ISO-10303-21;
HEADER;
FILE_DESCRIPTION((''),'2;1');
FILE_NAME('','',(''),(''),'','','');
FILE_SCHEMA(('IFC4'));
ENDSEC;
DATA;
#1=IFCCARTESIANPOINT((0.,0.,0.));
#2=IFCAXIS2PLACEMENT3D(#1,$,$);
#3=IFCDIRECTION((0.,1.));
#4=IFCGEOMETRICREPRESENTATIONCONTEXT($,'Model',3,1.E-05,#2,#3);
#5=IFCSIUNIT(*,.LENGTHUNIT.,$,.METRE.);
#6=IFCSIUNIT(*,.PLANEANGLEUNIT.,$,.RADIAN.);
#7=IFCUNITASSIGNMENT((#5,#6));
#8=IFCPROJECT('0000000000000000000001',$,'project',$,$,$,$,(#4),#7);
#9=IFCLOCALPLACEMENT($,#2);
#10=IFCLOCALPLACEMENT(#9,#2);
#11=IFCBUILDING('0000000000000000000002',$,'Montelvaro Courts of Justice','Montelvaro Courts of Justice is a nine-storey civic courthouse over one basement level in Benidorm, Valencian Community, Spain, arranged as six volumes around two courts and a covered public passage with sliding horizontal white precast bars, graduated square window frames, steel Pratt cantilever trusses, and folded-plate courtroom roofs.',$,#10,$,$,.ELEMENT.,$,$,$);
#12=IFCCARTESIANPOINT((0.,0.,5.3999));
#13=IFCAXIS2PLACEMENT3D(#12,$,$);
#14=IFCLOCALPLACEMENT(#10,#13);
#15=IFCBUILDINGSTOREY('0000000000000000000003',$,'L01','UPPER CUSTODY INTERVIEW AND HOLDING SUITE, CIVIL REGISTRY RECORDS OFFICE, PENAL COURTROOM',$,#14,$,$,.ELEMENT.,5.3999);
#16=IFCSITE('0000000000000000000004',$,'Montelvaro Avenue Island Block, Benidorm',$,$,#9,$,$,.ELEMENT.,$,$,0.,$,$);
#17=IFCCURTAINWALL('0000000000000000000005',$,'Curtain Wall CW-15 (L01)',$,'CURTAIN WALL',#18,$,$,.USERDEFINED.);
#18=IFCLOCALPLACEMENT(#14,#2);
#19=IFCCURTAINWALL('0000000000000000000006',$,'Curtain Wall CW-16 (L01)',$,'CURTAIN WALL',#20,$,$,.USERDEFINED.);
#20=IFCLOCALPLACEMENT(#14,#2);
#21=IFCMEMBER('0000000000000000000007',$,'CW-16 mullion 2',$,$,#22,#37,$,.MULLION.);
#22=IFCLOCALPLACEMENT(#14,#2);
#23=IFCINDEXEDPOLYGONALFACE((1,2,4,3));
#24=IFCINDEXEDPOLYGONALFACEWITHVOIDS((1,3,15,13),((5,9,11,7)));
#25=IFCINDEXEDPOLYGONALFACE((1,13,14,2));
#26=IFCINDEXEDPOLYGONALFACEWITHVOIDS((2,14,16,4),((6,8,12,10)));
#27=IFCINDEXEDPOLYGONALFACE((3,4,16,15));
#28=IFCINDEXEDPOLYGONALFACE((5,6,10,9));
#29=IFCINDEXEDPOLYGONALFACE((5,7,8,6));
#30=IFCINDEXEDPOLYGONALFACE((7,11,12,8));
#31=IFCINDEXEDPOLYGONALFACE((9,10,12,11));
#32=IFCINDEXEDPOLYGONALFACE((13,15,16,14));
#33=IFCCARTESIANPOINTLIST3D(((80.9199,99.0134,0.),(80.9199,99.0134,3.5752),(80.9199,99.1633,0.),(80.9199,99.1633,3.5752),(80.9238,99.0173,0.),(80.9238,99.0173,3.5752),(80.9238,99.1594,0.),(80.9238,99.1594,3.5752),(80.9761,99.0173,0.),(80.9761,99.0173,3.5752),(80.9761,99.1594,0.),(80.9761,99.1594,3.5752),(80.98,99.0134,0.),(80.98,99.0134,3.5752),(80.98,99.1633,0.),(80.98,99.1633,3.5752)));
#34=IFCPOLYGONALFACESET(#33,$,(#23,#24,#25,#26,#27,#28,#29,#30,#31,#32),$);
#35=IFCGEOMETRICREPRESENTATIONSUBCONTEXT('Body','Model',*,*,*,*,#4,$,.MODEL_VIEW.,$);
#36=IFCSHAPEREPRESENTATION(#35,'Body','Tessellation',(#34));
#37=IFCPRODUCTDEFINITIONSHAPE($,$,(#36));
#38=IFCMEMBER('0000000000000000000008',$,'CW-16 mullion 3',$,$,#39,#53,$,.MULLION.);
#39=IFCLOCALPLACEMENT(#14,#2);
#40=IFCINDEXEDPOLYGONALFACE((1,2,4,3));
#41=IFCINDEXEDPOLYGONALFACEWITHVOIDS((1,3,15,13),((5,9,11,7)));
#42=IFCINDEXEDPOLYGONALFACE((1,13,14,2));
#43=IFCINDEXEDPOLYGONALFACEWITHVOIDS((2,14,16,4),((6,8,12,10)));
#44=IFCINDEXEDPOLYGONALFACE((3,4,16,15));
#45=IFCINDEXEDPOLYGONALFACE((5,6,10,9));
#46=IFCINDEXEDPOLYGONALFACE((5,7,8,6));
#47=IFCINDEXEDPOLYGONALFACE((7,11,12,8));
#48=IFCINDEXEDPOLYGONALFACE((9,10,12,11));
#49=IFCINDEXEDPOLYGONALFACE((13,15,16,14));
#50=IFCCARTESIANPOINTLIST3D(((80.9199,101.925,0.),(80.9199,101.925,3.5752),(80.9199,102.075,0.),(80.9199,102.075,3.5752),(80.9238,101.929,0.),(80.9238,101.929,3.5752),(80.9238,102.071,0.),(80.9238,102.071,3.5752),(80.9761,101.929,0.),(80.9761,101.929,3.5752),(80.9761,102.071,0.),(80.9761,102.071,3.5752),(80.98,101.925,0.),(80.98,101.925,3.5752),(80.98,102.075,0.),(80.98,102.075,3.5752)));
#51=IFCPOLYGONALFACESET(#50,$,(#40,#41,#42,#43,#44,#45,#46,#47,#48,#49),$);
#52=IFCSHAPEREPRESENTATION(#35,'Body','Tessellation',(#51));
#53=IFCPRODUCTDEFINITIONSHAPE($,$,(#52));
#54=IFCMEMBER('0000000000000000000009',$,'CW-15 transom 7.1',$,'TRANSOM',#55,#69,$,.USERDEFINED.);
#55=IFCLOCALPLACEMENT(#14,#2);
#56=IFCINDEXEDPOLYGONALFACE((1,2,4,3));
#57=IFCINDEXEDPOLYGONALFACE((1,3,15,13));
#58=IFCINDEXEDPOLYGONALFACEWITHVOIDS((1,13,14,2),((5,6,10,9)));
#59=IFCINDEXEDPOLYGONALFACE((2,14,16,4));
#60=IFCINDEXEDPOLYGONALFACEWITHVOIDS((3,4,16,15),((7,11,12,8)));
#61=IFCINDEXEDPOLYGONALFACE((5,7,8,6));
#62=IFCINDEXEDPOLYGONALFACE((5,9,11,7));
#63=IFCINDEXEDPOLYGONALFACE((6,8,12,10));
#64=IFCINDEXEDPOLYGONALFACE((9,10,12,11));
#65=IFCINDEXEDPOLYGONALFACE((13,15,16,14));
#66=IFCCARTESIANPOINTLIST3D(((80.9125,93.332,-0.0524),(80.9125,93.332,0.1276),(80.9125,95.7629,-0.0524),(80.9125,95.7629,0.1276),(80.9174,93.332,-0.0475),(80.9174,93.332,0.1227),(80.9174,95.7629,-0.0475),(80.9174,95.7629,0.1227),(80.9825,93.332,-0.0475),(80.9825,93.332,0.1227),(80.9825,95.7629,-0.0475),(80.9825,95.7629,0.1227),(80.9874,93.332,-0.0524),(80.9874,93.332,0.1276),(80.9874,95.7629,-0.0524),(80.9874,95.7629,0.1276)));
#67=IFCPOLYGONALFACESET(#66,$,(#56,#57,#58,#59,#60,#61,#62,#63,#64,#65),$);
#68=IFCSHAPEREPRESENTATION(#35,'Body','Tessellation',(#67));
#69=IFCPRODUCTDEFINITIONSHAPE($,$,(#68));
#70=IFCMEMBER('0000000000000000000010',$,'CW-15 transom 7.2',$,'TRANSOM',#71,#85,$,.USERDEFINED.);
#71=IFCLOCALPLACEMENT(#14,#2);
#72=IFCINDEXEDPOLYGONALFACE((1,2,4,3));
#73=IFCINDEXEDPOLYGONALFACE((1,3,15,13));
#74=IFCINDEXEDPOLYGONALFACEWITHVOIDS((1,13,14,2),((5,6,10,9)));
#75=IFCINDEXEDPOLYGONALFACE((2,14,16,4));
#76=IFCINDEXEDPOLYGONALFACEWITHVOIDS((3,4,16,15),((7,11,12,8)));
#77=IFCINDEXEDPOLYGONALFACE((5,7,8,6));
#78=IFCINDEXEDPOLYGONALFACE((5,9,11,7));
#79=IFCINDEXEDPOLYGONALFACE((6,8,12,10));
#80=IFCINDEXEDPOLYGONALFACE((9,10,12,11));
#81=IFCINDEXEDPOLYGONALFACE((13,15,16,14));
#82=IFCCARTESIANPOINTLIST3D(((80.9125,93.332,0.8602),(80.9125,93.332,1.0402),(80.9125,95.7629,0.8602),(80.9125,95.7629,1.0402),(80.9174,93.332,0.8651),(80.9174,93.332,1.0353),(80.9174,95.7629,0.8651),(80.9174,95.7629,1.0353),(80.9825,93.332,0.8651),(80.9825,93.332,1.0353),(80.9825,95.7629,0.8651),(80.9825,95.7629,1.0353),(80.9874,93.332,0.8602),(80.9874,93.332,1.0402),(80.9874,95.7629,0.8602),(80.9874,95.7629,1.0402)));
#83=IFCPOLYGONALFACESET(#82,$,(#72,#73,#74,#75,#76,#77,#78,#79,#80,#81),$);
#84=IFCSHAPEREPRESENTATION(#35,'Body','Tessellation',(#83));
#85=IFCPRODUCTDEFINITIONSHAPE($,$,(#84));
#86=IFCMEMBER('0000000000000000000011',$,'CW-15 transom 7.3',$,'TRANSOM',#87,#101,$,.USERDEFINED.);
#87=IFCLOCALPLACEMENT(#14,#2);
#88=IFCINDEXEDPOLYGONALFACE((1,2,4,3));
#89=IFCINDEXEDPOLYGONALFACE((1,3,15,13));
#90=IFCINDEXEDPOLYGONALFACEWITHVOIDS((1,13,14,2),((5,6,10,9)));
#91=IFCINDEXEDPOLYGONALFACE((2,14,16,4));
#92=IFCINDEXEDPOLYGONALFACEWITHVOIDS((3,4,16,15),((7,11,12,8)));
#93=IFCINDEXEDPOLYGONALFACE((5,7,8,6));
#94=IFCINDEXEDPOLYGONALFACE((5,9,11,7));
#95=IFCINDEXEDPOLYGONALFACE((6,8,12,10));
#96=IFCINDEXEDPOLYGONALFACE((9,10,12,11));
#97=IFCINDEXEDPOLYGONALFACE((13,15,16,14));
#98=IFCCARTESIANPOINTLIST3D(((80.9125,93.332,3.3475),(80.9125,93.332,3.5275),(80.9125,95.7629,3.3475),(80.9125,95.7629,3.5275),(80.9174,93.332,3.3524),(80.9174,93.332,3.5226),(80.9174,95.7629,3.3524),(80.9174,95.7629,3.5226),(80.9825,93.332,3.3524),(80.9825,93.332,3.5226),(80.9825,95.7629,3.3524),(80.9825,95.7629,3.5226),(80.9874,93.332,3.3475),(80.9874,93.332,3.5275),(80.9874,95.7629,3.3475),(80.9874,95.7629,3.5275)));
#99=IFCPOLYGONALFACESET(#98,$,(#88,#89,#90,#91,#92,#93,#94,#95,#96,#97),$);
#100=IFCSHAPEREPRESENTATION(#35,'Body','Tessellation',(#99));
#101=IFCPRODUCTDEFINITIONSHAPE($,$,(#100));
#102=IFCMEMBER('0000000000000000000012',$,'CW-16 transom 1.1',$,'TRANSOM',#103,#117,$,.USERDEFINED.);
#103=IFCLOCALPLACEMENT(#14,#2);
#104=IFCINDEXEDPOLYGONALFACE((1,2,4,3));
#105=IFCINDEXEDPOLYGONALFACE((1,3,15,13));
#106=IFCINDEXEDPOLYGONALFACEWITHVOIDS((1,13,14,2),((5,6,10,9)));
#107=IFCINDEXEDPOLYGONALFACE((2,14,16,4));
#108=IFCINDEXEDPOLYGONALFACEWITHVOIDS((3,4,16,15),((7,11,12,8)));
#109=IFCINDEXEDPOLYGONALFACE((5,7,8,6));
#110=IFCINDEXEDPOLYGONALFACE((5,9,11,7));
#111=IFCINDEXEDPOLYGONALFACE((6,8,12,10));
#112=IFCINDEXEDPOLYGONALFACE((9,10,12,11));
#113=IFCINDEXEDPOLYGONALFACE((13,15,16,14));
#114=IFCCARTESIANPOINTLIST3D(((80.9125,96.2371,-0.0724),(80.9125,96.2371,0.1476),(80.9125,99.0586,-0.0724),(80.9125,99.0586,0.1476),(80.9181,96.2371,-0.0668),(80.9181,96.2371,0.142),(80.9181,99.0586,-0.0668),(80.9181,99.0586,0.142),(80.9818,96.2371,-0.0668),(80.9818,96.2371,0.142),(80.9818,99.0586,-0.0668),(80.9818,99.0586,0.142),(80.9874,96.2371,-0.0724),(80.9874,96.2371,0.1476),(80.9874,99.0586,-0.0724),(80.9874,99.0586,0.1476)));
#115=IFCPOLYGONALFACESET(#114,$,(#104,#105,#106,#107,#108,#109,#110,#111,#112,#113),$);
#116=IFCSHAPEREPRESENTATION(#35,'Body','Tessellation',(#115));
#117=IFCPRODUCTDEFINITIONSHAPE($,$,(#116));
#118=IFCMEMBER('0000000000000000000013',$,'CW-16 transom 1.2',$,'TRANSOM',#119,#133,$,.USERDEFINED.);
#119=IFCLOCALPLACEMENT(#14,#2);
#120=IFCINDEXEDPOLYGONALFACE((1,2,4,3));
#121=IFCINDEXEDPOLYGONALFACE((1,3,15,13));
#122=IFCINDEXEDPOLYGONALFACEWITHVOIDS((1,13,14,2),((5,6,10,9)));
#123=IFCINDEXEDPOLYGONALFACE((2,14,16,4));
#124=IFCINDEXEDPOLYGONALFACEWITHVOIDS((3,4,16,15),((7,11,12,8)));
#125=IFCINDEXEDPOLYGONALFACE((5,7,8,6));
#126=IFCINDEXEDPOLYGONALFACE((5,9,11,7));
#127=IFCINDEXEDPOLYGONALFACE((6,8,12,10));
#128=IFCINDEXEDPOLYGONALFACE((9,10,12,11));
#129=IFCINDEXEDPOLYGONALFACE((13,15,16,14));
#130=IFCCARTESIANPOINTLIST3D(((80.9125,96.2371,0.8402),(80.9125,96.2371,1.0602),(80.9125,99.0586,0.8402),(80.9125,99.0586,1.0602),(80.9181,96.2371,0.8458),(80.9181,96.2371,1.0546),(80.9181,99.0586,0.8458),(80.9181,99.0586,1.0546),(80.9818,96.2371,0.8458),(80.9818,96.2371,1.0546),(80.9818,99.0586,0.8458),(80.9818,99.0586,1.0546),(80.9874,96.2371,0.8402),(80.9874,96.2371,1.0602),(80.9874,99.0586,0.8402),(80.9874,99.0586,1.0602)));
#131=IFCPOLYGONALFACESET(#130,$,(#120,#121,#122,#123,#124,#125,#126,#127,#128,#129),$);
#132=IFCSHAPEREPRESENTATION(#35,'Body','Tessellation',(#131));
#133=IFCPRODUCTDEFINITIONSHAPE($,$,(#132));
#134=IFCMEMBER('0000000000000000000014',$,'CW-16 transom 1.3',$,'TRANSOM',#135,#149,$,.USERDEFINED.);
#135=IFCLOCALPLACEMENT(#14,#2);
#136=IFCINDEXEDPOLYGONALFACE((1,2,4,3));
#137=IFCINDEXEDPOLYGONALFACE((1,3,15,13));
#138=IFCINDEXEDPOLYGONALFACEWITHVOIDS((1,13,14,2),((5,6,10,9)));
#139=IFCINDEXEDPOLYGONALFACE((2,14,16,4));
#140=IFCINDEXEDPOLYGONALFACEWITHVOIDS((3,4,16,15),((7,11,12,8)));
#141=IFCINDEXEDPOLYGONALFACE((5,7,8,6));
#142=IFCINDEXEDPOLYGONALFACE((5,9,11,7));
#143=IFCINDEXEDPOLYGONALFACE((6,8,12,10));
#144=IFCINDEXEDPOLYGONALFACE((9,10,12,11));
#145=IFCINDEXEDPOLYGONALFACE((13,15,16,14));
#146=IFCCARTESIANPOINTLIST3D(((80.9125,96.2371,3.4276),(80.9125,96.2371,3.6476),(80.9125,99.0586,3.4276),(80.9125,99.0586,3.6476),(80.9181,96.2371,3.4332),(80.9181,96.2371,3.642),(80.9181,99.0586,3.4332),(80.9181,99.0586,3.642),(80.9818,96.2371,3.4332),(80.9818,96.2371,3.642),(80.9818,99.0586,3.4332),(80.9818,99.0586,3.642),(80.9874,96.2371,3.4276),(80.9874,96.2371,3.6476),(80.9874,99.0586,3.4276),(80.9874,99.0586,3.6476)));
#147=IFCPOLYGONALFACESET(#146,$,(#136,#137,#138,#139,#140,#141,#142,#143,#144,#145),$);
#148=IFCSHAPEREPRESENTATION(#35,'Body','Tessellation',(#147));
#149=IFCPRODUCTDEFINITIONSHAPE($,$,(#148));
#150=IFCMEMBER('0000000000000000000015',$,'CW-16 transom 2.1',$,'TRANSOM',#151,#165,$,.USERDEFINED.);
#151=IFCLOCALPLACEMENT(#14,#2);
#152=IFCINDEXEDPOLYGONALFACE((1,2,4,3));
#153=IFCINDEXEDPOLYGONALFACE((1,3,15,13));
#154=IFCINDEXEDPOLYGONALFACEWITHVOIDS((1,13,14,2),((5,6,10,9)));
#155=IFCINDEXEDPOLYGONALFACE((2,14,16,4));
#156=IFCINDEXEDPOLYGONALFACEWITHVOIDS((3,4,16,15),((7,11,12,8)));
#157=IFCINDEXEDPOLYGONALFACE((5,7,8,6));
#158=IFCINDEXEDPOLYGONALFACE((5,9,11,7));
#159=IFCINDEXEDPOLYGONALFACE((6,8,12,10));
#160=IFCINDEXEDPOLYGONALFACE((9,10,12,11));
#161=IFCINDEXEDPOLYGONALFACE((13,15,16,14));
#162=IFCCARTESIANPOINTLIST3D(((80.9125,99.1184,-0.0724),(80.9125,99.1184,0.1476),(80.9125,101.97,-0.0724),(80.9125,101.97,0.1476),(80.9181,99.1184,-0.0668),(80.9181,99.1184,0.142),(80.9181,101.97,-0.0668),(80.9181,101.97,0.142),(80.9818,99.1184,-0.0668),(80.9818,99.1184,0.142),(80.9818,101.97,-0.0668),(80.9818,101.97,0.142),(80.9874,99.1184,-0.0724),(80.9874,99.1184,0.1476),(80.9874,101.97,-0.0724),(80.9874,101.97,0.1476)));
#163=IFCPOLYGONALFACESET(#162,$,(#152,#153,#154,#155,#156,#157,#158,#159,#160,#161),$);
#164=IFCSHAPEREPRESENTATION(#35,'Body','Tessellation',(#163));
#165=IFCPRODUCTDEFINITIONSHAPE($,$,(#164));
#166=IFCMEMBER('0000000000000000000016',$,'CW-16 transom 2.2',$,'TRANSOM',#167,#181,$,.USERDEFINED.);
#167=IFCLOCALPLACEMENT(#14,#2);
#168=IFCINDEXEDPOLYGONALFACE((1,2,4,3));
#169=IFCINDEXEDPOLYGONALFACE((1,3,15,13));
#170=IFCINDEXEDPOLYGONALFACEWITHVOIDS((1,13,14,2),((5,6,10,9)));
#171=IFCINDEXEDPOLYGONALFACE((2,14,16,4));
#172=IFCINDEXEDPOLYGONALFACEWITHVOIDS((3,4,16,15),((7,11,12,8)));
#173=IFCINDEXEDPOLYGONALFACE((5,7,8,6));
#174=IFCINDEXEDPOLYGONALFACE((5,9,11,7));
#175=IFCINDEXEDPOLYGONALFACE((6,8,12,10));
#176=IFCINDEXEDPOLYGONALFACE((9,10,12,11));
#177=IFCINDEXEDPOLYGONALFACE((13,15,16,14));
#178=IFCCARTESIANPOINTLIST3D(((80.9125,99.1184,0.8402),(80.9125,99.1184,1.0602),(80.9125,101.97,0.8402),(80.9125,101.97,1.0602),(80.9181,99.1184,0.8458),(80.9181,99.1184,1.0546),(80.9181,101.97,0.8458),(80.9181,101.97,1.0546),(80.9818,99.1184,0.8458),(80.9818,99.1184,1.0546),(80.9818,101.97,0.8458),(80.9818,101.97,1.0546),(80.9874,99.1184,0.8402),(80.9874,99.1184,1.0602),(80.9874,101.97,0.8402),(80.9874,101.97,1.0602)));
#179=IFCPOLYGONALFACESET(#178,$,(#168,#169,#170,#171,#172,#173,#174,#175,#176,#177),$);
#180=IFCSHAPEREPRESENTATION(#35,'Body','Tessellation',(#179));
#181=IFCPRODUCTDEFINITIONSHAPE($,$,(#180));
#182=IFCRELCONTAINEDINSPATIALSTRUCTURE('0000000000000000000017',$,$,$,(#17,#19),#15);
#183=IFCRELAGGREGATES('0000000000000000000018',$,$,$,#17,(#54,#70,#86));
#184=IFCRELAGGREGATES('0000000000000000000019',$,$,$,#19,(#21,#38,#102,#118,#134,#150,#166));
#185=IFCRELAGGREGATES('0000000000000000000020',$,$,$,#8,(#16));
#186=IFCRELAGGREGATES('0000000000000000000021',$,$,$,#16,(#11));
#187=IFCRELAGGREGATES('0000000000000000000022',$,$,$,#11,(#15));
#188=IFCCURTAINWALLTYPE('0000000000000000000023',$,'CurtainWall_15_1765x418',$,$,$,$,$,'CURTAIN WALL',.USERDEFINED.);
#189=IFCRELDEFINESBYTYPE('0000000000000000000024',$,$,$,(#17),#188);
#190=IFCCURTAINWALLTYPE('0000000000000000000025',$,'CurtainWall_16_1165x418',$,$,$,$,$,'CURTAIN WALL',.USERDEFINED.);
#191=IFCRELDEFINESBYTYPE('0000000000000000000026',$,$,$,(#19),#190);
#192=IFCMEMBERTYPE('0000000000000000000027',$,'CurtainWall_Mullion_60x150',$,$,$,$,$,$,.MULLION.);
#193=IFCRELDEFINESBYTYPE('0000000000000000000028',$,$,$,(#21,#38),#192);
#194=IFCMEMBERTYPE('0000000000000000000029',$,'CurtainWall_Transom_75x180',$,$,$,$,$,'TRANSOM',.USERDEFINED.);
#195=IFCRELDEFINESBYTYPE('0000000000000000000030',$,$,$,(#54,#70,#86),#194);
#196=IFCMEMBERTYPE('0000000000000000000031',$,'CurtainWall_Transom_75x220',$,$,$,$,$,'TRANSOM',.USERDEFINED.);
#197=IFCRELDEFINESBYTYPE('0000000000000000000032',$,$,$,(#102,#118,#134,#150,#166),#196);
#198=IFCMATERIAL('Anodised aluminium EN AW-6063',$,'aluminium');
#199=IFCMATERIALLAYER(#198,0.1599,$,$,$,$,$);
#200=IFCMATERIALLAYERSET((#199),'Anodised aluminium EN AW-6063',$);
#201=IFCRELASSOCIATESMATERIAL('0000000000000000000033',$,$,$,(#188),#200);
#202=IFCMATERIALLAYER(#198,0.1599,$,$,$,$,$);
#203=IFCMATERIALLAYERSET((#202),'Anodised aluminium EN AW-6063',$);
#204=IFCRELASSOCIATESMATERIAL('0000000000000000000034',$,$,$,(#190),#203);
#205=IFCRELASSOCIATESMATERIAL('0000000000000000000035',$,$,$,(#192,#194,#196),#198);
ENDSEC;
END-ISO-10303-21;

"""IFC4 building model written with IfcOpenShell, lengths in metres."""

from ifc_helpers import new_model, si_unit, direction, frame, origin, origin_2d, place, context, subcontext, project, spatial, hollow_rectangle, extrude, material, layer, layer_set, material_profile, profile_set, type_object, element, aggregate, save


model = new_model("IFC4")

# Units and contexts
model_context = context("Model", 3, precision=1e-05, world=origin(), true_north=direction((0.0, 1.0)))
body_context = subcontext(model_context, "Body", "Model", "MODEL_VIEW")
ifc_project = project(units=[si_unit("LENGTHUNIT", "METRE"), si_unit("PLANEANGLEUNIT", "RADIAN")], contexts=[model_context])

# Site, building, storey
site_placement = place(None, origin())
site = spatial("IfcSite", under=ifc_project, at=site_placement, Name="Montelvaro Avenue Island Block, Benidorm", CompositionType="ELEMENT", RefElevation=0.0)
building_placement = place(site_placement, origin())
building = spatial("IfcBuilding", under=site, at=building_placement, Name="Montelvaro Courts of Justice", Description="Montelvaro Courts of Justice is a nine-storey civic courthouse over one basement level in Benidorm, Valencian Community, Spain, arranged as six volumes around two courts and a covered public passage with sliding horizontal white precast bars, graduated square window frames, steel Pratt cantilever trusses, and folded-plate courtroom roofs.", CompositionType="ELEMENT")
storey_placement = place(building_placement, frame((0.0, 0.0, 5.3999)))
storey = spatial("IfcBuildingStorey", under=building, at=storey_placement, Name="L01", Description="UPPER CUSTODY INTERVIEW AND HOLDING SUITE, CIVIL REGISTRY RECORDS OFFICE, PENAL COURTROOM", CompositionType="ELEMENT", Elevation=5.3999)

# Curtain walls, members
ifc_material_1 = material(Name="Anodised aluminium EN AW-6063", Category="aluminium")
ifc_layer_1 = layer(ifc_material_1, 0.1599)
ifc_layer_set_1 = layer_set([ifc_layer_1], Name="Anodised aluminium EN AW-6063")
curtain_wall_type_1 = type_object("IfcCurtainWallType", Name="CurtainWall_15_1765x418", ElementType="CURTAIN WALL", PredefinedType="USERDEFINED", material=ifc_layer_set_1)
curtain_wall_1_placement = place(storey_placement, origin())
curtain_wall_1 = element("IfcCurtainWall", 1, at=curtain_wall_1_placement, inside=storey, type_object=curtain_wall_type_1, Name="Curtain Wall CW-15 (L01)", ObjectType="CURTAIN WALL", PredefinedType="USERDEFINED")
ifc_layer_2 = layer(ifc_material_1, 0.1599)
ifc_layer_set_2 = layer_set([ifc_layer_2], Name="Anodised aluminium EN AW-6063")
curtain_wall_type_2 = type_object("IfcCurtainWallType", Name="CurtainWall_16_1165x418", ElementType="CURTAIN WALL", PredefinedType="USERDEFINED", material=ifc_layer_set_2)
curtain_wall_2_placement = place(storey_placement, origin())
curtain_wall_2 = element("IfcCurtainWall", 2, at=curtain_wall_2_placement, inside=storey, type_object=curtain_wall_type_2, Name="Curtain Wall CW-16 (L01)", ObjectType="CURTAIN WALL", PredefinedType="USERDEFINED")
ifc_material_profile_1 = material_profile(ifc_material_1, hollow_rectangle(XDim=0.0601, YDim=0.1499, WallThickness=0.0039, at=origin_2d()), Name="ALU-M 60x150")
ifc_profile_set_1 = profile_set([ifc_material_profile_1], Name="Anodised aluminium EN AW-6063")
member_type_1 = type_object("IfcMemberType", Name="CurtainWall_Mullion_60x150", PredefinedType="MULLION", material=ifc_profile_set_1)
member_1_placement = place(storey_placement, frame((80.95, 99.0884, 0.0), z_axis=(0.0, 0.0, 1.0), x_axis=(-1.0, 0.0, 0.0)))
member_1 = element("IfcMember", 3, at=member_1_placement, type_object=member_type_1, Name="CW-16 mullion 2", PredefinedType="MULLION", context=body_context, shape_type="SweptSolid", body=[
    extrude(hollow_rectangle(XDim=0.0601, YDim=0.1499, WallThickness=0.0039, at=origin_2d()), origin(), (0.0, 0.0, 1.0), 3.5752),
])
member_2_placement = place(storey_placement, frame((80.95, 102.0, 0.0), z_axis=(0.0, 0.0, 1.0), x_axis=(-1.0, 0.0, 0.0)))
member_2 = element("IfcMember", 4, at=member_2_placement, type_object=member_type_1, Name="CW-16 mullion 3", PredefinedType="MULLION", context=body_context, shape_type="SweptSolid", body=[
    extrude(hollow_rectangle(XDim=0.0601, YDim=0.1499, WallThickness=0.0039, at=origin_2d()), origin(), (0.0, 0.0, 1.0), 3.5752),
])

# Members
ifc_material_profile_2 = material_profile(ifc_material_1, hollow_rectangle(XDim=0.075, YDim=0.1799, WallThickness=0.0049, at=origin_2d()), Name="ALU-T 75x180")
ifc_profile_set_2 = profile_set([ifc_material_profile_2], Name="Anodised aluminium EN AW-6063")
member_type_2 = type_object("IfcMemberType", Name="CurtainWall_Transom_75x180", ElementType="TRANSOM", PredefinedType="USERDEFINED", material=ifc_profile_set_2)
member_3_placement = place(storey_placement, frame((80.95, 93.332, 0.0376), z_axis=(0.0, 1.0, 0.0), x_axis=(-1.0, 0.0, 0.0)))
member_3 = element("IfcMember", 5, at=member_3_placement, type_object=member_type_2, Name="CW-15 transom 7.1", ObjectType="TRANSOM", PredefinedType="USERDEFINED", context=body_context, shape_type="SweptSolid", body=[
    extrude(hollow_rectangle(XDim=0.075, YDim=0.1799, WallThickness=0.0049, at=origin_2d()), origin(), (0.0, 0.0, 1.0), 2.4309),
])
member_4_placement = place(storey_placement, frame((80.95, 93.332, 0.9502), z_axis=(0.0, 1.0, 0.0), x_axis=(-1.0, 0.0, 0.0)))
member_4 = element("IfcMember", 6, at=member_4_placement, type_object=member_type_2, Name="CW-15 transom 7.2", ObjectType="TRANSOM", PredefinedType="USERDEFINED", context=body_context, shape_type="SweptSolid", body=[
    extrude(hollow_rectangle(XDim=0.075, YDim=0.1799, WallThickness=0.0049, at=origin_2d()), origin(), (0.0, 0.0, 1.0), 2.4309),
])
member_5_placement = place(storey_placement, frame((80.95, 93.332, 3.4375), z_axis=(0.0, 1.0, 0.0), x_axis=(-1.0, 0.0, 0.0)))
member_5 = element("IfcMember", 7, at=member_5_placement, type_object=member_type_2, Name="CW-15 transom 7.3", ObjectType="TRANSOM", PredefinedType="USERDEFINED", context=body_context, shape_type="SweptSolid", body=[
    extrude(hollow_rectangle(XDim=0.075, YDim=0.1799, WallThickness=0.0049, at=origin_2d()), origin(), (0.0, 0.0, 1.0), 2.4309),
])
ifc_material_profile_3 = material_profile(ifc_material_1, hollow_rectangle(XDim=0.075, YDim=0.22, WallThickness=0.0056, at=origin_2d()), Name="ALU-T 75x220")
ifc_profile_set_3 = profile_set([ifc_material_profile_3], Name="Anodised aluminium EN AW-6063")
member_type_3 = type_object("IfcMemberType", Name="CurtainWall_Transom_75x220", ElementType="TRANSOM", PredefinedType="USERDEFINED", material=ifc_profile_set_3)
member_6_placement = place(storey_placement, frame((80.95, 96.2371, 0.0376), z_axis=(0.0, 1.0, 0.0), x_axis=(-1.0, 0.0, 0.0)))
member_6 = element("IfcMember", 8, at=member_6_placement, type_object=member_type_3, Name="CW-16 transom 1.1", ObjectType="TRANSOM", PredefinedType="USERDEFINED", context=body_context, shape_type="SweptSolid", body=[
    extrude(hollow_rectangle(XDim=0.075, YDim=0.22, WallThickness=0.0056, at=origin_2d()), origin(), (0.0, 0.0, 1.0), 2.8215),
])
member_7_placement = place(storey_placement, frame((80.95, 96.2371, 0.9502), z_axis=(0.0, 1.0, 0.0), x_axis=(-1.0, 0.0, 0.0)))
member_7 = element("IfcMember", 9, at=member_7_placement, type_object=member_type_3, Name="CW-16 transom 1.2", ObjectType="TRANSOM", PredefinedType="USERDEFINED", context=body_context, shape_type="SweptSolid", body=[
    extrude(hollow_rectangle(XDim=0.075, YDim=0.22, WallThickness=0.0056, at=origin_2d()), origin(), (0.0, 0.0, 1.0), 2.8215),
])
member_8_placement = place(storey_placement, frame((80.95, 96.2371, 3.5376), z_axis=(0.0, 1.0, 0.0), x_axis=(-1.0, 0.0, 0.0)))
member_8 = element("IfcMember", 10, at=member_8_placement, type_object=member_type_3, Name="CW-16 transom 1.3", ObjectType="TRANSOM", PredefinedType="USERDEFINED", context=body_context, shape_type="SweptSolid", body=[
    extrude(hollow_rectangle(XDim=0.075, YDim=0.22, WallThickness=0.0056, at=origin_2d()), origin(), (0.0, 0.0, 1.0), 2.8215),
])
member_9_placement = place(storey_placement, frame((80.95, 99.1184, 0.0376), z_axis=(0.0, 1.0, 0.0), x_axis=(-1.0, 0.0, 0.0)))
member_9 = element("IfcMember", 11, at=member_9_placement, type_object=member_type_3, Name="CW-16 transom 2.1", ObjectType="TRANSOM", PredefinedType="USERDEFINED", context=body_context, shape_type="SweptSolid", body=[
    extrude(hollow_rectangle(XDim=0.075, YDim=0.22, WallThickness=0.0056, at=origin_2d()), origin(), (0.0, 0.0, 1.0), 2.8516),
])
member_10_placement = place(storey_placement, frame((80.95, 99.1184, 0.9502), z_axis=(0.0, 1.0, 0.0), x_axis=(-1.0, 0.0, 0.0)))
member_10 = element("IfcMember", 12, at=member_10_placement, type_object=member_type_3, Name="CW-16 transom 2.2", ObjectType="TRANSOM", PredefinedType="USERDEFINED", context=body_context, shape_type="SweptSolid", body=[
    extrude(hollow_rectangle(XDim=0.075, YDim=0.22, WallThickness=0.0056, at=origin_2d()), origin(), (0.0, 0.0, 1.0), 2.8516),
])

aggregate(curtain_wall_1, [member_3, member_4, member_5])
aggregate(curtain_wall_2, [member_1, member_2, member_6, member_7, member_8, member_9, member_10])

save(model, "model.ifc")
